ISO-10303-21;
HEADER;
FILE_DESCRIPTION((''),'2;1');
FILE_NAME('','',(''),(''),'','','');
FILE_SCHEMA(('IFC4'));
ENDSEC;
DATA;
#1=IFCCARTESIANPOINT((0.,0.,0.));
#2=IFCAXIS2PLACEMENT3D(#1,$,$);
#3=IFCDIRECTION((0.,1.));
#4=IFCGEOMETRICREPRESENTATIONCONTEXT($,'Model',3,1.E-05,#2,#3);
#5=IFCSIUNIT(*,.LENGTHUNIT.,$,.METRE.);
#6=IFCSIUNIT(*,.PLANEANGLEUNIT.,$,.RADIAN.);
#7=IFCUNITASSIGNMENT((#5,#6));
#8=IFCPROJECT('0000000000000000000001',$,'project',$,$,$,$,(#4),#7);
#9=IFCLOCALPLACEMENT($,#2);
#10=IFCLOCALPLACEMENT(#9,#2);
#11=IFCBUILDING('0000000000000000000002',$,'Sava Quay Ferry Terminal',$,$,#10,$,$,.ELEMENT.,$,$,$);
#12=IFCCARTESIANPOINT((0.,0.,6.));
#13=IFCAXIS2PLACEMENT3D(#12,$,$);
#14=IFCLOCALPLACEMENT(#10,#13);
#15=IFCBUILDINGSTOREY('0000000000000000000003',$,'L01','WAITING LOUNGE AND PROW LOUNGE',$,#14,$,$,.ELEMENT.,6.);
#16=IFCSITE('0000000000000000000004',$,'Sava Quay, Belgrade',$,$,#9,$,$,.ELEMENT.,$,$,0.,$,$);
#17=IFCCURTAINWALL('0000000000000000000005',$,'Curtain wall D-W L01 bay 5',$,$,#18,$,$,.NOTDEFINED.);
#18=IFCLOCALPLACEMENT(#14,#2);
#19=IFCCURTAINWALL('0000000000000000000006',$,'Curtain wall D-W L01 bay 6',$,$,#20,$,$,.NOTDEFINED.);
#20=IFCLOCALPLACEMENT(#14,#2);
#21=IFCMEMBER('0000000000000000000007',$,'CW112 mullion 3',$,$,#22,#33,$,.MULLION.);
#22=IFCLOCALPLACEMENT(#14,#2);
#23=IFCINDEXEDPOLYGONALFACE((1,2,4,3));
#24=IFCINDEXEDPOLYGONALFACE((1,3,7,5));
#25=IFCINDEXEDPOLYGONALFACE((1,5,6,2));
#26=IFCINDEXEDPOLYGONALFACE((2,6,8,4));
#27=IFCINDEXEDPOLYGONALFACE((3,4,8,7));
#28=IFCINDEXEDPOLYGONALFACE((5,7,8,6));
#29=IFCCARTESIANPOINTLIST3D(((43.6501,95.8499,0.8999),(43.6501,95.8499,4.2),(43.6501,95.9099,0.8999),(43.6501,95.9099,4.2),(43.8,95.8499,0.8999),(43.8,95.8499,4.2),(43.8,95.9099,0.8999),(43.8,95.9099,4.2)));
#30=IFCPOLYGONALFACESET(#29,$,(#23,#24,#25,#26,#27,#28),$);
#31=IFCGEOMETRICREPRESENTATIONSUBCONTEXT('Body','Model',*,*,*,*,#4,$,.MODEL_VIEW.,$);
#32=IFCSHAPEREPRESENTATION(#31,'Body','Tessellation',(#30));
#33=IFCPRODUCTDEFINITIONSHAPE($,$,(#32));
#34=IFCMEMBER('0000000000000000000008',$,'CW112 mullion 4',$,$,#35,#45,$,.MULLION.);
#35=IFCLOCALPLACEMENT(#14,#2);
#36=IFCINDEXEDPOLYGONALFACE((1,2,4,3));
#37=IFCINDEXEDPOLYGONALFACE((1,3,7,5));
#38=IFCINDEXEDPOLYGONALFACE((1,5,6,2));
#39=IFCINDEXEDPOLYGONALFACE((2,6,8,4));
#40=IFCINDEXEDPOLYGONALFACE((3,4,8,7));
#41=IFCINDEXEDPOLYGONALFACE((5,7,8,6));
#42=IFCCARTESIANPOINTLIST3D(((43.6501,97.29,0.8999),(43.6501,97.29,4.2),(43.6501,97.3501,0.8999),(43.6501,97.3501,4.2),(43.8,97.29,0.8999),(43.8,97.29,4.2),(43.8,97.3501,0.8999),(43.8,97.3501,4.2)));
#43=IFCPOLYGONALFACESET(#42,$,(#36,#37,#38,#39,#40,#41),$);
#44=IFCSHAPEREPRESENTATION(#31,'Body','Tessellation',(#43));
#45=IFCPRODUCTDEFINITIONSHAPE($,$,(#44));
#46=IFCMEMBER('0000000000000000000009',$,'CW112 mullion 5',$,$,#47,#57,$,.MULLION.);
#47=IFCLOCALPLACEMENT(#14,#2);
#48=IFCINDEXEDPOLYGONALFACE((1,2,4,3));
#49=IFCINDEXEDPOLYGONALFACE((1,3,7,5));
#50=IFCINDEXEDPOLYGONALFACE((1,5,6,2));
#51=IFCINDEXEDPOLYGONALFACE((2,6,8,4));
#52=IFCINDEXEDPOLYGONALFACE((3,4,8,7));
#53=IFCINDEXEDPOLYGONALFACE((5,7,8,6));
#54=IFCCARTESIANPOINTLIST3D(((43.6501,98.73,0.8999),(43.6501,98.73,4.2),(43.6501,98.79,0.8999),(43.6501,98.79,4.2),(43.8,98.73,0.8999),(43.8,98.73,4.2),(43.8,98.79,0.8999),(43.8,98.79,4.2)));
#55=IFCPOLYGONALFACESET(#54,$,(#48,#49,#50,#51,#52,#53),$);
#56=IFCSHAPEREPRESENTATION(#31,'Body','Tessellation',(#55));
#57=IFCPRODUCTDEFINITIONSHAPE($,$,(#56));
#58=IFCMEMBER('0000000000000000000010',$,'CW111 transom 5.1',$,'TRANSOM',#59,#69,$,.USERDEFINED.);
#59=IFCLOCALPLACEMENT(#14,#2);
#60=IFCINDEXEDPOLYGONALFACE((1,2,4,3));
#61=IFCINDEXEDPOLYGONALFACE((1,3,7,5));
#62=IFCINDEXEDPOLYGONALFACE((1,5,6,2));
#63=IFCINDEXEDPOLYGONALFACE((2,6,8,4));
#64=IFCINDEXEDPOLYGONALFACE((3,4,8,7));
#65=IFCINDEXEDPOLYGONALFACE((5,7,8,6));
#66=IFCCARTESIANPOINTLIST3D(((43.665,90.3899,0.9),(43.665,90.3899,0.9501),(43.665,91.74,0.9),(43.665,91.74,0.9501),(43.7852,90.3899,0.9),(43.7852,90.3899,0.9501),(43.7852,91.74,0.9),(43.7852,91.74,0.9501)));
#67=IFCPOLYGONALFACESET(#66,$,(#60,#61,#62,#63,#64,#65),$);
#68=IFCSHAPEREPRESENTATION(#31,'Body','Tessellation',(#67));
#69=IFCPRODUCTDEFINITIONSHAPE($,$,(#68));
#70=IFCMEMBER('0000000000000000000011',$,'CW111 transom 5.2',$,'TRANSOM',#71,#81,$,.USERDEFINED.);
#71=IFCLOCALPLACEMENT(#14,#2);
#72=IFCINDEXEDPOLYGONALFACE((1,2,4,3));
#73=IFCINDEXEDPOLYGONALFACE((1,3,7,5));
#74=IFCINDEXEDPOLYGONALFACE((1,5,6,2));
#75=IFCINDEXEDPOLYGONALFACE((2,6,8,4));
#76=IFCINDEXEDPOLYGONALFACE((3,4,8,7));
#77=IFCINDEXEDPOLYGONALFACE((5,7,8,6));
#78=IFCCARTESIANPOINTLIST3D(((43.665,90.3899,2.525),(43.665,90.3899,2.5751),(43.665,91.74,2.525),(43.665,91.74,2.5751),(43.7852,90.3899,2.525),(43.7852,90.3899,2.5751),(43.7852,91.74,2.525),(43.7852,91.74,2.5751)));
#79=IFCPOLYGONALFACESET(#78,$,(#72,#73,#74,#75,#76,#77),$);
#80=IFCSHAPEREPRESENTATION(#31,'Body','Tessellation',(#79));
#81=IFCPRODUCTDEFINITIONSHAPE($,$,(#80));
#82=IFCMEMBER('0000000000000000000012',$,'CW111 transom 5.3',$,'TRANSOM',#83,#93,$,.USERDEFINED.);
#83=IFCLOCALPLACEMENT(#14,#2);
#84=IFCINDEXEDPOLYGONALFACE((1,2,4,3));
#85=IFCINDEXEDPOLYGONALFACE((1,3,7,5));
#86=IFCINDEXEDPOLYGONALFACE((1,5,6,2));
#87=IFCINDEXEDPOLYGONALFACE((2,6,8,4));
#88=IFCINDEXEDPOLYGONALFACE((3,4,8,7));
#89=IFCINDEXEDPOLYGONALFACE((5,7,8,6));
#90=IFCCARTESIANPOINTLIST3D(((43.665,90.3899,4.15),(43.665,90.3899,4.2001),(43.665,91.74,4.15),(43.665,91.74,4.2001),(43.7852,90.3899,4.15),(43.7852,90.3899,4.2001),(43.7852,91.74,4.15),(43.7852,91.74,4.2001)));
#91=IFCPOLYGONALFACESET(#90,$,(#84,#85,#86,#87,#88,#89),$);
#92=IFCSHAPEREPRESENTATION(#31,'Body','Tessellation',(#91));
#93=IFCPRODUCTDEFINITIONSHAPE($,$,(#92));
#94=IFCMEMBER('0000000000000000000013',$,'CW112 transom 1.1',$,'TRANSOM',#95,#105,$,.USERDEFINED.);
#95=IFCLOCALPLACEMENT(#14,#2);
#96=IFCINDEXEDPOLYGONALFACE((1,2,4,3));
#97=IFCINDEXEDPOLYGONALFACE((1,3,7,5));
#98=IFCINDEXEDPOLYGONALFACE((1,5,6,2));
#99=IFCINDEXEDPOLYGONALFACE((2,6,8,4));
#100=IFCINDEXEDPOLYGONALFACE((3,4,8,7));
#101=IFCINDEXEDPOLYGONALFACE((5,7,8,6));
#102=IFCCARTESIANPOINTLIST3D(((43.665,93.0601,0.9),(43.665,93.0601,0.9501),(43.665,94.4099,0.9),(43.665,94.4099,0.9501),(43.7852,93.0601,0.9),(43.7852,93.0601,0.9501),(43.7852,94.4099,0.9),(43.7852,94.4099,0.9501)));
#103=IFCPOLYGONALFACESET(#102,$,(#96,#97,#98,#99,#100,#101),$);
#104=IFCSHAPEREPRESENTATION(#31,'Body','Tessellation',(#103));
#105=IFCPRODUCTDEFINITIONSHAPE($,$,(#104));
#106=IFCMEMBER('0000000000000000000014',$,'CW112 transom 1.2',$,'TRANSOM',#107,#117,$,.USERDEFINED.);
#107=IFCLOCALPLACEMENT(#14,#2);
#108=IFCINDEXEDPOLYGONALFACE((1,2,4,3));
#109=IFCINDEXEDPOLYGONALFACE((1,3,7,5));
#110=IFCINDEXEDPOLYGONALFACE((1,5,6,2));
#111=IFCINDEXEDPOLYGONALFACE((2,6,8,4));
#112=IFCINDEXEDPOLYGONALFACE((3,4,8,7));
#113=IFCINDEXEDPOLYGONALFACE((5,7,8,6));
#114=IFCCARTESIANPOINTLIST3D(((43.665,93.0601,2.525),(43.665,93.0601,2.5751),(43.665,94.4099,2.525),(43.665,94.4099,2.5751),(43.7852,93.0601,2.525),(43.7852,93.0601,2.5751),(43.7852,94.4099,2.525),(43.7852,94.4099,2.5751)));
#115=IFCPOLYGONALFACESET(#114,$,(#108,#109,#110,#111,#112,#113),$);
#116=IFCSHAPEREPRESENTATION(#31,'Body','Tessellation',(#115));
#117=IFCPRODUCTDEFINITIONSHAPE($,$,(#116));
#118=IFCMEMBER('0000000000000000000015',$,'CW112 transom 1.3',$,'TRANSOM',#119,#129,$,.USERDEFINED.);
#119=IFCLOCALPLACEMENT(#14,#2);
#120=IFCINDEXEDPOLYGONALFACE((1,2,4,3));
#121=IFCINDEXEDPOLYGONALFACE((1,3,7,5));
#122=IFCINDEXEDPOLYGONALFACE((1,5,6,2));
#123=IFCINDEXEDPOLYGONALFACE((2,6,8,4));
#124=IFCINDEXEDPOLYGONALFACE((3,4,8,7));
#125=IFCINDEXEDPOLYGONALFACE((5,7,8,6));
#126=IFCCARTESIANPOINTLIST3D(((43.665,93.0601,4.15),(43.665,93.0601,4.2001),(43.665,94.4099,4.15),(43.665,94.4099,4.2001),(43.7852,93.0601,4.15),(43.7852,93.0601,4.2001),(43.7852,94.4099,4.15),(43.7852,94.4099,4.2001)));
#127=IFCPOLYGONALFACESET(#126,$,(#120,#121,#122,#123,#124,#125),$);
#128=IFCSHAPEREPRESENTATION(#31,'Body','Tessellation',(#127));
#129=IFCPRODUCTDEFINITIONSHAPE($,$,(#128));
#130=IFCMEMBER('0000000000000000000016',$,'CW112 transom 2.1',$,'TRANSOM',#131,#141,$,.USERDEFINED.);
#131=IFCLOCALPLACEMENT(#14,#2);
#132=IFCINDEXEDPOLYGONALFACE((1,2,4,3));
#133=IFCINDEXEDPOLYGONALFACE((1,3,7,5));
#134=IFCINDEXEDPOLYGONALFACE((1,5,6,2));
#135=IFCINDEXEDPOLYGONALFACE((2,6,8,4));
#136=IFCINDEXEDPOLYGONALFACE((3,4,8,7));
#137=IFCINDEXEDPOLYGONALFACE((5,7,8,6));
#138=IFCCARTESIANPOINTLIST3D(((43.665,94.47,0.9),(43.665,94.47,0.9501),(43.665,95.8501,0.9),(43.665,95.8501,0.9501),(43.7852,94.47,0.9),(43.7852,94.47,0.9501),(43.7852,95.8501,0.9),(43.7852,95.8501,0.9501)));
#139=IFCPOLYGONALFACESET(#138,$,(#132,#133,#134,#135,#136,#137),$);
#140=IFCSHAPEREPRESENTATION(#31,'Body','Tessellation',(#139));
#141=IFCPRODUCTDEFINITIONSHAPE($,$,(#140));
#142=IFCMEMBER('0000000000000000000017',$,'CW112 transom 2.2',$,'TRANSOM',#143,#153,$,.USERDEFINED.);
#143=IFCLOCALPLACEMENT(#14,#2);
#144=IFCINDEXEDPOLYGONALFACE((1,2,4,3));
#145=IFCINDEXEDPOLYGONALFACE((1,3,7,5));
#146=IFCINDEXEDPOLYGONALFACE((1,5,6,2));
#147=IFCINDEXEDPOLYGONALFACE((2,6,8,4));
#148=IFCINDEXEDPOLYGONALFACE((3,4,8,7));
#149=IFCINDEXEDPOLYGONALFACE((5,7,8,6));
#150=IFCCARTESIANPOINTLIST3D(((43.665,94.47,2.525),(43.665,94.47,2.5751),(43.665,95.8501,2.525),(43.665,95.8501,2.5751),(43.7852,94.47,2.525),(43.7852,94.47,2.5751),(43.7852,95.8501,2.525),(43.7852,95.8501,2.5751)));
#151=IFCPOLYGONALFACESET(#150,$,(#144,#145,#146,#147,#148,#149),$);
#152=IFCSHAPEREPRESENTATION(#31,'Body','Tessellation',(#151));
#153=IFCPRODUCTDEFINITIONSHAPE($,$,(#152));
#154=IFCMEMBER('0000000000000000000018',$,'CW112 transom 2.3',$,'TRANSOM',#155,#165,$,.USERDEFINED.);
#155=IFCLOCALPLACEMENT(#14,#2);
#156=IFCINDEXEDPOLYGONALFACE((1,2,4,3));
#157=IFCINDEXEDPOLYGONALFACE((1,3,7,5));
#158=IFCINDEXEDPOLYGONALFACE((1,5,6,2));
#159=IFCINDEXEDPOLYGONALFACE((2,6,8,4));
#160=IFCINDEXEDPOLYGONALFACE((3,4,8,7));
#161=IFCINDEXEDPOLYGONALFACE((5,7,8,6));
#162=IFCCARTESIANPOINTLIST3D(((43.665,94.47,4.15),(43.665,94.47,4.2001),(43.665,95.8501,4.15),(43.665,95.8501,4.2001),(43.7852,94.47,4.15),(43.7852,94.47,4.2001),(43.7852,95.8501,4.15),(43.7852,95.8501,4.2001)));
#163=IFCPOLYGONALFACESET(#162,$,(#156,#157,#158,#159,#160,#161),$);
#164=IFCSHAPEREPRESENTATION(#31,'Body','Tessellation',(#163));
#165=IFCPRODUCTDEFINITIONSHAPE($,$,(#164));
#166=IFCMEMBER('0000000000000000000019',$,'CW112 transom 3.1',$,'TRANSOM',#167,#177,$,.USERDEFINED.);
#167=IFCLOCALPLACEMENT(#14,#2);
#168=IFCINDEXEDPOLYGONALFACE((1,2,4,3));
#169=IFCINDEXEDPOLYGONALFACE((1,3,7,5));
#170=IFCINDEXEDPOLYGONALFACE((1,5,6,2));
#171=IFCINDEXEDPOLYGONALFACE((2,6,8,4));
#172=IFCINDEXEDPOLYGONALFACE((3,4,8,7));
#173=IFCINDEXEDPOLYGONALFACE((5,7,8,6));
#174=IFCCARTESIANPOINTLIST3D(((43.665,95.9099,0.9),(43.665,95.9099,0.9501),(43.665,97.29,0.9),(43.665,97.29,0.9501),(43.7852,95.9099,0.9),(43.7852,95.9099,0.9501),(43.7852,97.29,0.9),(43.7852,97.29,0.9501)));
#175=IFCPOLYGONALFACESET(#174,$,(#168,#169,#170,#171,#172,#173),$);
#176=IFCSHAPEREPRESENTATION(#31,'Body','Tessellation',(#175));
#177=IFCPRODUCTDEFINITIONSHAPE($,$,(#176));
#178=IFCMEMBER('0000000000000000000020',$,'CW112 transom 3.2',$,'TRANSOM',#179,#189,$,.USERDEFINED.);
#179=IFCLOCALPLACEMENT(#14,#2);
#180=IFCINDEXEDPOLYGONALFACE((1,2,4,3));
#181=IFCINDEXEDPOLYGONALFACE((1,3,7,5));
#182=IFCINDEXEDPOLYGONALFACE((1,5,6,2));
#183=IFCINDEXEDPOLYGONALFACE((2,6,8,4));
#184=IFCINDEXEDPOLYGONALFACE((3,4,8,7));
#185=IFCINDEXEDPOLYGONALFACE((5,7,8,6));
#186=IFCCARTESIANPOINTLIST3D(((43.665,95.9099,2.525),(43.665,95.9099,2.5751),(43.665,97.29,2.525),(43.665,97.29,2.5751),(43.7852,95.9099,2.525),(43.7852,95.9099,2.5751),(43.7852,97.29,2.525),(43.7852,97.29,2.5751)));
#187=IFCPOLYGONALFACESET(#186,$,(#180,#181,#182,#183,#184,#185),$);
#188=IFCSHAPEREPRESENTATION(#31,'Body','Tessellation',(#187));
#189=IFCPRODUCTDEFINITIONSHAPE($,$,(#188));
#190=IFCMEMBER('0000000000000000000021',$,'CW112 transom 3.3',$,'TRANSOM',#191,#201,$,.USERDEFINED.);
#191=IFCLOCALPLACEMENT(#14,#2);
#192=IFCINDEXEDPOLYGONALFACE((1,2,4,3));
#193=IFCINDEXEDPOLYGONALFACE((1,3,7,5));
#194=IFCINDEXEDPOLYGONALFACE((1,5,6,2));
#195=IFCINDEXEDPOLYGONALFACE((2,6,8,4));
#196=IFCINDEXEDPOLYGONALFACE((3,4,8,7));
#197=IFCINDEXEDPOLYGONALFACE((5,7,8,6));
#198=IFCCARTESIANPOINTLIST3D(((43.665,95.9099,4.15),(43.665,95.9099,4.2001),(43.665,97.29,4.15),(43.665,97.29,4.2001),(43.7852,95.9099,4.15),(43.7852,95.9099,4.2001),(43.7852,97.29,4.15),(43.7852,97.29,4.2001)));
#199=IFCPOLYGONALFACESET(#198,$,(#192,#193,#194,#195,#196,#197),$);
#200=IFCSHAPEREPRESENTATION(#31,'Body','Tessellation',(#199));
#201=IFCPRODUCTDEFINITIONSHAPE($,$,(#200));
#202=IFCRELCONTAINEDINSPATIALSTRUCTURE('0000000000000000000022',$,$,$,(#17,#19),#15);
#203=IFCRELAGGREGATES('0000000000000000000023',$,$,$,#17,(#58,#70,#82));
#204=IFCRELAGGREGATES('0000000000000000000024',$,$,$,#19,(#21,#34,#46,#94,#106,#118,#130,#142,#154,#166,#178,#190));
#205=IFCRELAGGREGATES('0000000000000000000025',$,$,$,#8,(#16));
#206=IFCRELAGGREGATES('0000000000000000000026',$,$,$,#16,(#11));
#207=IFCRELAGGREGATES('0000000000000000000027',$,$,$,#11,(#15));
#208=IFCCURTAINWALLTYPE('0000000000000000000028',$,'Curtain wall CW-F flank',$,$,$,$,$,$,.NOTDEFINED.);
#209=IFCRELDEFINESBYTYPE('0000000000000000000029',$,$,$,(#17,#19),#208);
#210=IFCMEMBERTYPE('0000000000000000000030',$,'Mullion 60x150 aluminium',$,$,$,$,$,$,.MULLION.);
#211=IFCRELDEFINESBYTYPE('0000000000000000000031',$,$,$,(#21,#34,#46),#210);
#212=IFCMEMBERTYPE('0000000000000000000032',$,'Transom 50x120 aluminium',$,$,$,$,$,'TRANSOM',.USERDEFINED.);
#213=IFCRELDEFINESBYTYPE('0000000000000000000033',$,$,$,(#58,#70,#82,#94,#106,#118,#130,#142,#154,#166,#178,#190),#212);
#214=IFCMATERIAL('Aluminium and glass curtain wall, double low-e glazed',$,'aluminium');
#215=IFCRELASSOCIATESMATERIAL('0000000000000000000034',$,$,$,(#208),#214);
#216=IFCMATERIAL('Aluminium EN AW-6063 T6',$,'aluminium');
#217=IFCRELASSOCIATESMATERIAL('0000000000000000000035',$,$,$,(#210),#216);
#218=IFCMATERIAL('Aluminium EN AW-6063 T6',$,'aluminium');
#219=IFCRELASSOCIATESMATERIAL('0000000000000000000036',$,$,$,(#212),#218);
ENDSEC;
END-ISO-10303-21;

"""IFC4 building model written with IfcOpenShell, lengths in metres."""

from ifc_helpers import new_model, si_unit, direction, frame, origin, origin_2d, place, context, subcontext, project, spatial, rectangle, extrude, material, material_profile, profile_set, type_object, element, aggregate, save


model = new_model("IFC4")

# Units and contexts
model_context = context("Model", 3, precision=1e-05, world=origin(), true_north=direction((0.0, 1.0)))
body_context = subcontext(model_context, "Body", "Model", "MODEL_VIEW")
ifc_project = project(units=[si_unit("LENGTHUNIT", "METRE"), si_unit("PLANEANGLEUNIT", "RADIAN")], contexts=[model_context])

# Site, building, storey
site_placement = place(None, origin())
site = spatial("IfcSite", under=ifc_project, at=site_placement, Name="Sava Quay, Belgrade", CompositionType="ELEMENT", RefElevation=0.0)
building_placement = place(site_placement, origin())
building = spatial("IfcBuilding", under=site, at=building_placement, Name="Sava Quay Ferry Terminal", CompositionType="ELEMENT")
storey_placement = place(building_placement, frame((0.0, 0.0, 6.0)))
storey = spatial("IfcBuildingStorey", under=building, at=storey_placement, Name="L01", Description="WAITING LOUNGE AND PROW LOUNGE", CompositionType="ELEMENT", Elevation=6.0)

# Curtain walls, members
ifc_material_1 = material(Name="Aluminium and glass curtain wall, double low-e glazed", Category="aluminium")
curtain_wall_type = type_object("IfcCurtainWallType", Name="Curtain wall CW-F flank", PredefinedType="NOTDEFINED", material=ifc_material_1)
curtain_wall_1_placement = place(storey_placement, origin())
curtain_wall_1 = element("IfcCurtainWall", 1, at=curtain_wall_1_placement, inside=storey, type_object=curtain_wall_type, Name="Curtain wall D-W L01 bay 5", PredefinedType="NOTDEFINED")
ifc_material_2 = material(Name="Aluminium EN AW-6063 T6", Category="aluminium")
ifc_material_profile_1 = material_profile(ifc_material_2, rectangle(XDim=0.1499, YDim=0.0601, at=origin_2d()), Name="Mullion 60x150 aluminium")
ifc_profile_set_1 = profile_set([ifc_material_profile_1], Name="Aluminium EN AW-6063 T6")
member_type_1 = type_object("IfcMemberType", Name="Mullion 60x150 aluminium", PredefinedType="MULLION", material=ifc_profile_set_1)
curtain_wall_2_placement = place(storey_placement, origin())
curtain_wall_2 = element("IfcCurtainWall", 2, at=curtain_wall_2_placement, inside=storey, type_object=curtain_wall_type, Name="Curtain wall D-W L01 bay 6", PredefinedType="NOTDEFINED")
member_1_placement = place(storey_placement, frame((43.7251, 95.8799, 0.8999), z_axis=(0.0, 0.0, 1.0), x_axis=(-1.0, 0.0, 0.0)))
member_1 = element("IfcMember", 3, at=member_1_placement, type_object=member_type_1, Name="CW112 mullion 3", PredefinedType="MULLION", context=body_context, shape_type="SweptSolid", body=[
    extrude(rectangle(XDim=0.1499, YDim=0.0601, at=origin_2d()), origin(), (0.0, 0.0, 1.0), 3.3),
])
member_2_placement = place(storey_placement, frame((43.7251, 97.3201, 0.8999), z_axis=(0.0, 0.0, 1.0), x_axis=(-1.0, 0.0, 0.0)))
member_2 = element("IfcMember", 4, at=member_2_placement, type_object=member_type_1, Name="CW112 mullion 4", PredefinedType="MULLION", context=body_context, shape_type="SweptSolid", body=[
    extrude(rectangle(XDim=0.1499, YDim=0.0601, at=origin_2d()), origin(), (0.0, 0.0, 1.0), 3.3),
])
member_3_placement = place(storey_placement, frame((43.7251, 98.76, 0.8999), z_axis=(0.0, 0.0, 1.0), x_axis=(-1.0, 0.0, 0.0)))
member_3 = element("IfcMember", 5, at=member_3_placement, type_object=member_type_1, Name="CW112 mullion 5", PredefinedType="MULLION", context=body_context, shape_type="SweptSolid", body=[
    extrude(rectangle(XDim=0.1499, YDim=0.0601, at=origin_2d()), origin(), (0.0, 0.0, 1.0), 3.3),
])

# Members
ifc_material_3 = material(Name="Aluminium EN AW-6063 T6", Category="aluminium")
ifc_material_profile_2 = material_profile(ifc_material_3, rectangle(XDim=0.1201, YDim=0.05, at=origin_2d()), Name="Transom 50x120 aluminium")
ifc_profile_set_2 = profile_set([ifc_material_profile_2], Name="Aluminium EN AW-6063 T6")
member_type_2 = type_object("IfcMemberType", Name="Transom 50x120 aluminium", ElementType="TRANSOM", PredefinedType="USERDEFINED", material=ifc_profile_set_2)
member_4_placement = place(storey_placement, frame((43.7251, 90.3899, 0.925), z_axis=(0.0, 1.0, 0.0), x_axis=(-1.0, 0.0, 0.0)))
member_4 = element("IfcMember", 6, at=member_4_placement, type_object=member_type_2, Name="CW111 transom 5.1", ObjectType="TRANSOM", PredefinedType="USERDEFINED", context=body_context, shape_type="SweptSolid", body=[
    extrude(rectangle(XDim=0.1201, YDim=0.05, at=origin_2d()), origin(), (0.0, 0.0, 1.0), 1.3501),
])
member_5_placement = place(storey_placement, frame((43.7251, 90.3899, 2.55), z_axis=(0.0, 1.0, 0.0), x_axis=(-1.0, 0.0, 0.0)))
member_5 = element("IfcMember", 7, at=member_5_placement, type_object=member_type_2, Name="CW111 transom 5.2", ObjectType="TRANSOM", PredefinedType="USERDEFINED", context=body_context, shape_type="SweptSolid", body=[
    extrude(rectangle(XDim=0.1201, YDim=0.05, at=origin_2d()), origin(), (0.0, 0.0, 1.0), 1.3501),
])
member_6_placement = place(storey_placement, frame((43.7251, 90.3899, 4.175), z_axis=(0.0, 1.0, 0.0), x_axis=(-1.0, 0.0, 0.0)))
member_6 = element("IfcMember", 8, at=member_6_placement, type_object=member_type_2, Name="CW111 transom 5.3", ObjectType="TRANSOM", PredefinedType="USERDEFINED", context=body_context, shape_type="SweptSolid", body=[
    extrude(rectangle(XDim=0.1201, YDim=0.05, at=origin_2d()), origin(), (0.0, 0.0, 1.0), 1.3501),
])
member_7_placement = place(storey_placement, frame((43.7251, 93.0601, 0.925), z_axis=(0.0, 1.0, 0.0), x_axis=(-1.0, 0.0, 0.0)))
member_7 = element("IfcMember", 9, at=member_7_placement, type_object=member_type_2, Name="CW112 transom 1.1", ObjectType="TRANSOM", PredefinedType="USERDEFINED", context=body_context, shape_type="SweptSolid", body=[
    extrude(rectangle(XDim=0.1201, YDim=0.05, at=origin_2d()), origin(), (0.0, 0.0, 1.0), 1.3499),
])
member_8_placement = place(storey_placement, frame((43.7251, 93.0601, 2.55), z_axis=(0.0, 1.0, 0.0), x_axis=(-1.0, 0.0, 0.0)))
member_8 = element("IfcMember", 10, at=member_8_placement, type_object=member_type_2, Name="CW112 transom 1.2", ObjectType="TRANSOM", PredefinedType="USERDEFINED", context=body_context, shape_type="SweptSolid", body=[
    extrude(rectangle(XDim=0.1201, YDim=0.05, at=origin_2d()), origin(), (0.0, 0.0, 1.0), 1.3499),
])
member_9_placement = place(storey_placement, frame((43.7251, 93.0601, 4.175), z_axis=(0.0, 1.0, 0.0), x_axis=(-1.0, 0.0, 0.0)))
member_9 = element("IfcMember", 11, at=member_9_placement, type_object=member_type_2, Name="CW112 transom 1.3", ObjectType="TRANSOM", PredefinedType="USERDEFINED", context=body_context, shape_type="SweptSolid", body=[
    extrude(rectangle(XDim=0.1201, YDim=0.05, at=origin_2d()), origin(), (0.0, 0.0, 1.0), 1.3499),
])
member_10_placement = place(storey_placement, frame((43.7251, 94.47, 0.925), z_axis=(0.0, 1.0, 0.0), x_axis=(-1.0, 0.0, 0.0)))
member_10 = element("IfcMember", 12, at=member_10_placement, type_object=member_type_2, Name="CW112 transom 2.1", ObjectType="TRANSOM", PredefinedType="USERDEFINED", context=body_context, shape_type="SweptSolid", body=[
    extrude(rectangle(XDim=0.1201, YDim=0.05, at=origin_2d()), origin(), (0.0, 0.0, 1.0), 1.3801),
])
member_11_placement = place(storey_placement, frame((43.7251, 94.47, 2.55), z_axis=(0.0, 1.0, 0.0), x_axis=(-1.0, 0.0, 0.0)))
member_11 = element("IfcMember", 13, at=member_11_placement, type_object=member_type_2, Name="CW112 transom 2.2", ObjectType="TRANSOM", PredefinedType="USERDEFINED", context=body_context, shape_type="SweptSolid", body=[
    extrude(rectangle(XDim=0.1201, YDim=0.05, at=origin_2d()), origin(), (0.0, 0.0, 1.0), 1.3801),
])
member_12_placement = place(storey_placement, frame((43.7251, 94.47, 4.175), z_axis=(0.0, 1.0, 0.0), x_axis=(-1.0, 0.0, 0.0)))
member_12 = element("IfcMember", 14, at=member_12_placement, type_object=member_type_2, Name="CW112 transom 2.3", ObjectType="TRANSOM", PredefinedType="USERDEFINED", context=body_context, shape_type="SweptSolid", body=[
    extrude(rectangle(XDim=0.1201, YDim=0.05, at=origin_2d()), origin(), (0.0, 0.0, 1.0), 1.3801),
])
member_13_placement = place(storey_placement, frame((43.7251, 95.9099, 0.925), z_axis=(0.0, 1.0, 0.0), x_axis=(-1.0, 0.0, 0.0)))
member_13 = element("IfcMember", 15, at=member_13_placement, type_object=member_type_2, Name="CW112 transom 3.1", ObjectType="TRANSOM", PredefinedType="USERDEFINED", context=body_context, shape_type="SweptSolid", body=[
    extrude(rectangle(XDim=0.1201, YDim=0.05, at=origin_2d()), origin(), (0.0, 0.0, 1.0), 1.3801),
])
member_14_placement = place(storey_placement, frame((43.7251, 95.9099, 2.55), z_axis=(0.0, 1.0, 0.0), x_axis=(-1.0, 0.0, 0.0)))
member_14 = element("IfcMember", 16, at=member_14_placement, type_object=member_type_2, Name="CW112 transom 3.2", ObjectType="TRANSOM", PredefinedType="USERDEFINED", context=body_context, shape_type="SweptSolid", body=[
    extrude(rectangle(XDim=0.1201, YDim=0.05, at=origin_2d()), origin(), (0.0, 0.0, 1.0), 1.3801),
])
member_15_placement = place(storey_placement, frame((43.7251, 95.9099, 4.175), z_axis=(0.0, 1.0, 0.0), x_axis=(-1.0, 0.0, 0.0)))
member_15 = element("IfcMember", 17, at=member_15_placement, type_object=member_type_2, Name="CW112 transom 3.3", ObjectType="TRANSOM", PredefinedType="USERDEFINED", context=body_context, shape_type="SweptSolid", body=[
    extrude(rectangle(XDim=0.1201, YDim=0.05, at=origin_2d()), origin(), (0.0, 0.0, 1.0), 1.3801),
])

aggregate(curtain_wall_1, [member_4, member_5, member_6])
aggregate(curtain_wall_2, [member_1, member_2, member_3, member_7, member_8, member_9, member_10, member_11, member_12, member_13, member_14, member_15])

save(model, "model.ifc")
